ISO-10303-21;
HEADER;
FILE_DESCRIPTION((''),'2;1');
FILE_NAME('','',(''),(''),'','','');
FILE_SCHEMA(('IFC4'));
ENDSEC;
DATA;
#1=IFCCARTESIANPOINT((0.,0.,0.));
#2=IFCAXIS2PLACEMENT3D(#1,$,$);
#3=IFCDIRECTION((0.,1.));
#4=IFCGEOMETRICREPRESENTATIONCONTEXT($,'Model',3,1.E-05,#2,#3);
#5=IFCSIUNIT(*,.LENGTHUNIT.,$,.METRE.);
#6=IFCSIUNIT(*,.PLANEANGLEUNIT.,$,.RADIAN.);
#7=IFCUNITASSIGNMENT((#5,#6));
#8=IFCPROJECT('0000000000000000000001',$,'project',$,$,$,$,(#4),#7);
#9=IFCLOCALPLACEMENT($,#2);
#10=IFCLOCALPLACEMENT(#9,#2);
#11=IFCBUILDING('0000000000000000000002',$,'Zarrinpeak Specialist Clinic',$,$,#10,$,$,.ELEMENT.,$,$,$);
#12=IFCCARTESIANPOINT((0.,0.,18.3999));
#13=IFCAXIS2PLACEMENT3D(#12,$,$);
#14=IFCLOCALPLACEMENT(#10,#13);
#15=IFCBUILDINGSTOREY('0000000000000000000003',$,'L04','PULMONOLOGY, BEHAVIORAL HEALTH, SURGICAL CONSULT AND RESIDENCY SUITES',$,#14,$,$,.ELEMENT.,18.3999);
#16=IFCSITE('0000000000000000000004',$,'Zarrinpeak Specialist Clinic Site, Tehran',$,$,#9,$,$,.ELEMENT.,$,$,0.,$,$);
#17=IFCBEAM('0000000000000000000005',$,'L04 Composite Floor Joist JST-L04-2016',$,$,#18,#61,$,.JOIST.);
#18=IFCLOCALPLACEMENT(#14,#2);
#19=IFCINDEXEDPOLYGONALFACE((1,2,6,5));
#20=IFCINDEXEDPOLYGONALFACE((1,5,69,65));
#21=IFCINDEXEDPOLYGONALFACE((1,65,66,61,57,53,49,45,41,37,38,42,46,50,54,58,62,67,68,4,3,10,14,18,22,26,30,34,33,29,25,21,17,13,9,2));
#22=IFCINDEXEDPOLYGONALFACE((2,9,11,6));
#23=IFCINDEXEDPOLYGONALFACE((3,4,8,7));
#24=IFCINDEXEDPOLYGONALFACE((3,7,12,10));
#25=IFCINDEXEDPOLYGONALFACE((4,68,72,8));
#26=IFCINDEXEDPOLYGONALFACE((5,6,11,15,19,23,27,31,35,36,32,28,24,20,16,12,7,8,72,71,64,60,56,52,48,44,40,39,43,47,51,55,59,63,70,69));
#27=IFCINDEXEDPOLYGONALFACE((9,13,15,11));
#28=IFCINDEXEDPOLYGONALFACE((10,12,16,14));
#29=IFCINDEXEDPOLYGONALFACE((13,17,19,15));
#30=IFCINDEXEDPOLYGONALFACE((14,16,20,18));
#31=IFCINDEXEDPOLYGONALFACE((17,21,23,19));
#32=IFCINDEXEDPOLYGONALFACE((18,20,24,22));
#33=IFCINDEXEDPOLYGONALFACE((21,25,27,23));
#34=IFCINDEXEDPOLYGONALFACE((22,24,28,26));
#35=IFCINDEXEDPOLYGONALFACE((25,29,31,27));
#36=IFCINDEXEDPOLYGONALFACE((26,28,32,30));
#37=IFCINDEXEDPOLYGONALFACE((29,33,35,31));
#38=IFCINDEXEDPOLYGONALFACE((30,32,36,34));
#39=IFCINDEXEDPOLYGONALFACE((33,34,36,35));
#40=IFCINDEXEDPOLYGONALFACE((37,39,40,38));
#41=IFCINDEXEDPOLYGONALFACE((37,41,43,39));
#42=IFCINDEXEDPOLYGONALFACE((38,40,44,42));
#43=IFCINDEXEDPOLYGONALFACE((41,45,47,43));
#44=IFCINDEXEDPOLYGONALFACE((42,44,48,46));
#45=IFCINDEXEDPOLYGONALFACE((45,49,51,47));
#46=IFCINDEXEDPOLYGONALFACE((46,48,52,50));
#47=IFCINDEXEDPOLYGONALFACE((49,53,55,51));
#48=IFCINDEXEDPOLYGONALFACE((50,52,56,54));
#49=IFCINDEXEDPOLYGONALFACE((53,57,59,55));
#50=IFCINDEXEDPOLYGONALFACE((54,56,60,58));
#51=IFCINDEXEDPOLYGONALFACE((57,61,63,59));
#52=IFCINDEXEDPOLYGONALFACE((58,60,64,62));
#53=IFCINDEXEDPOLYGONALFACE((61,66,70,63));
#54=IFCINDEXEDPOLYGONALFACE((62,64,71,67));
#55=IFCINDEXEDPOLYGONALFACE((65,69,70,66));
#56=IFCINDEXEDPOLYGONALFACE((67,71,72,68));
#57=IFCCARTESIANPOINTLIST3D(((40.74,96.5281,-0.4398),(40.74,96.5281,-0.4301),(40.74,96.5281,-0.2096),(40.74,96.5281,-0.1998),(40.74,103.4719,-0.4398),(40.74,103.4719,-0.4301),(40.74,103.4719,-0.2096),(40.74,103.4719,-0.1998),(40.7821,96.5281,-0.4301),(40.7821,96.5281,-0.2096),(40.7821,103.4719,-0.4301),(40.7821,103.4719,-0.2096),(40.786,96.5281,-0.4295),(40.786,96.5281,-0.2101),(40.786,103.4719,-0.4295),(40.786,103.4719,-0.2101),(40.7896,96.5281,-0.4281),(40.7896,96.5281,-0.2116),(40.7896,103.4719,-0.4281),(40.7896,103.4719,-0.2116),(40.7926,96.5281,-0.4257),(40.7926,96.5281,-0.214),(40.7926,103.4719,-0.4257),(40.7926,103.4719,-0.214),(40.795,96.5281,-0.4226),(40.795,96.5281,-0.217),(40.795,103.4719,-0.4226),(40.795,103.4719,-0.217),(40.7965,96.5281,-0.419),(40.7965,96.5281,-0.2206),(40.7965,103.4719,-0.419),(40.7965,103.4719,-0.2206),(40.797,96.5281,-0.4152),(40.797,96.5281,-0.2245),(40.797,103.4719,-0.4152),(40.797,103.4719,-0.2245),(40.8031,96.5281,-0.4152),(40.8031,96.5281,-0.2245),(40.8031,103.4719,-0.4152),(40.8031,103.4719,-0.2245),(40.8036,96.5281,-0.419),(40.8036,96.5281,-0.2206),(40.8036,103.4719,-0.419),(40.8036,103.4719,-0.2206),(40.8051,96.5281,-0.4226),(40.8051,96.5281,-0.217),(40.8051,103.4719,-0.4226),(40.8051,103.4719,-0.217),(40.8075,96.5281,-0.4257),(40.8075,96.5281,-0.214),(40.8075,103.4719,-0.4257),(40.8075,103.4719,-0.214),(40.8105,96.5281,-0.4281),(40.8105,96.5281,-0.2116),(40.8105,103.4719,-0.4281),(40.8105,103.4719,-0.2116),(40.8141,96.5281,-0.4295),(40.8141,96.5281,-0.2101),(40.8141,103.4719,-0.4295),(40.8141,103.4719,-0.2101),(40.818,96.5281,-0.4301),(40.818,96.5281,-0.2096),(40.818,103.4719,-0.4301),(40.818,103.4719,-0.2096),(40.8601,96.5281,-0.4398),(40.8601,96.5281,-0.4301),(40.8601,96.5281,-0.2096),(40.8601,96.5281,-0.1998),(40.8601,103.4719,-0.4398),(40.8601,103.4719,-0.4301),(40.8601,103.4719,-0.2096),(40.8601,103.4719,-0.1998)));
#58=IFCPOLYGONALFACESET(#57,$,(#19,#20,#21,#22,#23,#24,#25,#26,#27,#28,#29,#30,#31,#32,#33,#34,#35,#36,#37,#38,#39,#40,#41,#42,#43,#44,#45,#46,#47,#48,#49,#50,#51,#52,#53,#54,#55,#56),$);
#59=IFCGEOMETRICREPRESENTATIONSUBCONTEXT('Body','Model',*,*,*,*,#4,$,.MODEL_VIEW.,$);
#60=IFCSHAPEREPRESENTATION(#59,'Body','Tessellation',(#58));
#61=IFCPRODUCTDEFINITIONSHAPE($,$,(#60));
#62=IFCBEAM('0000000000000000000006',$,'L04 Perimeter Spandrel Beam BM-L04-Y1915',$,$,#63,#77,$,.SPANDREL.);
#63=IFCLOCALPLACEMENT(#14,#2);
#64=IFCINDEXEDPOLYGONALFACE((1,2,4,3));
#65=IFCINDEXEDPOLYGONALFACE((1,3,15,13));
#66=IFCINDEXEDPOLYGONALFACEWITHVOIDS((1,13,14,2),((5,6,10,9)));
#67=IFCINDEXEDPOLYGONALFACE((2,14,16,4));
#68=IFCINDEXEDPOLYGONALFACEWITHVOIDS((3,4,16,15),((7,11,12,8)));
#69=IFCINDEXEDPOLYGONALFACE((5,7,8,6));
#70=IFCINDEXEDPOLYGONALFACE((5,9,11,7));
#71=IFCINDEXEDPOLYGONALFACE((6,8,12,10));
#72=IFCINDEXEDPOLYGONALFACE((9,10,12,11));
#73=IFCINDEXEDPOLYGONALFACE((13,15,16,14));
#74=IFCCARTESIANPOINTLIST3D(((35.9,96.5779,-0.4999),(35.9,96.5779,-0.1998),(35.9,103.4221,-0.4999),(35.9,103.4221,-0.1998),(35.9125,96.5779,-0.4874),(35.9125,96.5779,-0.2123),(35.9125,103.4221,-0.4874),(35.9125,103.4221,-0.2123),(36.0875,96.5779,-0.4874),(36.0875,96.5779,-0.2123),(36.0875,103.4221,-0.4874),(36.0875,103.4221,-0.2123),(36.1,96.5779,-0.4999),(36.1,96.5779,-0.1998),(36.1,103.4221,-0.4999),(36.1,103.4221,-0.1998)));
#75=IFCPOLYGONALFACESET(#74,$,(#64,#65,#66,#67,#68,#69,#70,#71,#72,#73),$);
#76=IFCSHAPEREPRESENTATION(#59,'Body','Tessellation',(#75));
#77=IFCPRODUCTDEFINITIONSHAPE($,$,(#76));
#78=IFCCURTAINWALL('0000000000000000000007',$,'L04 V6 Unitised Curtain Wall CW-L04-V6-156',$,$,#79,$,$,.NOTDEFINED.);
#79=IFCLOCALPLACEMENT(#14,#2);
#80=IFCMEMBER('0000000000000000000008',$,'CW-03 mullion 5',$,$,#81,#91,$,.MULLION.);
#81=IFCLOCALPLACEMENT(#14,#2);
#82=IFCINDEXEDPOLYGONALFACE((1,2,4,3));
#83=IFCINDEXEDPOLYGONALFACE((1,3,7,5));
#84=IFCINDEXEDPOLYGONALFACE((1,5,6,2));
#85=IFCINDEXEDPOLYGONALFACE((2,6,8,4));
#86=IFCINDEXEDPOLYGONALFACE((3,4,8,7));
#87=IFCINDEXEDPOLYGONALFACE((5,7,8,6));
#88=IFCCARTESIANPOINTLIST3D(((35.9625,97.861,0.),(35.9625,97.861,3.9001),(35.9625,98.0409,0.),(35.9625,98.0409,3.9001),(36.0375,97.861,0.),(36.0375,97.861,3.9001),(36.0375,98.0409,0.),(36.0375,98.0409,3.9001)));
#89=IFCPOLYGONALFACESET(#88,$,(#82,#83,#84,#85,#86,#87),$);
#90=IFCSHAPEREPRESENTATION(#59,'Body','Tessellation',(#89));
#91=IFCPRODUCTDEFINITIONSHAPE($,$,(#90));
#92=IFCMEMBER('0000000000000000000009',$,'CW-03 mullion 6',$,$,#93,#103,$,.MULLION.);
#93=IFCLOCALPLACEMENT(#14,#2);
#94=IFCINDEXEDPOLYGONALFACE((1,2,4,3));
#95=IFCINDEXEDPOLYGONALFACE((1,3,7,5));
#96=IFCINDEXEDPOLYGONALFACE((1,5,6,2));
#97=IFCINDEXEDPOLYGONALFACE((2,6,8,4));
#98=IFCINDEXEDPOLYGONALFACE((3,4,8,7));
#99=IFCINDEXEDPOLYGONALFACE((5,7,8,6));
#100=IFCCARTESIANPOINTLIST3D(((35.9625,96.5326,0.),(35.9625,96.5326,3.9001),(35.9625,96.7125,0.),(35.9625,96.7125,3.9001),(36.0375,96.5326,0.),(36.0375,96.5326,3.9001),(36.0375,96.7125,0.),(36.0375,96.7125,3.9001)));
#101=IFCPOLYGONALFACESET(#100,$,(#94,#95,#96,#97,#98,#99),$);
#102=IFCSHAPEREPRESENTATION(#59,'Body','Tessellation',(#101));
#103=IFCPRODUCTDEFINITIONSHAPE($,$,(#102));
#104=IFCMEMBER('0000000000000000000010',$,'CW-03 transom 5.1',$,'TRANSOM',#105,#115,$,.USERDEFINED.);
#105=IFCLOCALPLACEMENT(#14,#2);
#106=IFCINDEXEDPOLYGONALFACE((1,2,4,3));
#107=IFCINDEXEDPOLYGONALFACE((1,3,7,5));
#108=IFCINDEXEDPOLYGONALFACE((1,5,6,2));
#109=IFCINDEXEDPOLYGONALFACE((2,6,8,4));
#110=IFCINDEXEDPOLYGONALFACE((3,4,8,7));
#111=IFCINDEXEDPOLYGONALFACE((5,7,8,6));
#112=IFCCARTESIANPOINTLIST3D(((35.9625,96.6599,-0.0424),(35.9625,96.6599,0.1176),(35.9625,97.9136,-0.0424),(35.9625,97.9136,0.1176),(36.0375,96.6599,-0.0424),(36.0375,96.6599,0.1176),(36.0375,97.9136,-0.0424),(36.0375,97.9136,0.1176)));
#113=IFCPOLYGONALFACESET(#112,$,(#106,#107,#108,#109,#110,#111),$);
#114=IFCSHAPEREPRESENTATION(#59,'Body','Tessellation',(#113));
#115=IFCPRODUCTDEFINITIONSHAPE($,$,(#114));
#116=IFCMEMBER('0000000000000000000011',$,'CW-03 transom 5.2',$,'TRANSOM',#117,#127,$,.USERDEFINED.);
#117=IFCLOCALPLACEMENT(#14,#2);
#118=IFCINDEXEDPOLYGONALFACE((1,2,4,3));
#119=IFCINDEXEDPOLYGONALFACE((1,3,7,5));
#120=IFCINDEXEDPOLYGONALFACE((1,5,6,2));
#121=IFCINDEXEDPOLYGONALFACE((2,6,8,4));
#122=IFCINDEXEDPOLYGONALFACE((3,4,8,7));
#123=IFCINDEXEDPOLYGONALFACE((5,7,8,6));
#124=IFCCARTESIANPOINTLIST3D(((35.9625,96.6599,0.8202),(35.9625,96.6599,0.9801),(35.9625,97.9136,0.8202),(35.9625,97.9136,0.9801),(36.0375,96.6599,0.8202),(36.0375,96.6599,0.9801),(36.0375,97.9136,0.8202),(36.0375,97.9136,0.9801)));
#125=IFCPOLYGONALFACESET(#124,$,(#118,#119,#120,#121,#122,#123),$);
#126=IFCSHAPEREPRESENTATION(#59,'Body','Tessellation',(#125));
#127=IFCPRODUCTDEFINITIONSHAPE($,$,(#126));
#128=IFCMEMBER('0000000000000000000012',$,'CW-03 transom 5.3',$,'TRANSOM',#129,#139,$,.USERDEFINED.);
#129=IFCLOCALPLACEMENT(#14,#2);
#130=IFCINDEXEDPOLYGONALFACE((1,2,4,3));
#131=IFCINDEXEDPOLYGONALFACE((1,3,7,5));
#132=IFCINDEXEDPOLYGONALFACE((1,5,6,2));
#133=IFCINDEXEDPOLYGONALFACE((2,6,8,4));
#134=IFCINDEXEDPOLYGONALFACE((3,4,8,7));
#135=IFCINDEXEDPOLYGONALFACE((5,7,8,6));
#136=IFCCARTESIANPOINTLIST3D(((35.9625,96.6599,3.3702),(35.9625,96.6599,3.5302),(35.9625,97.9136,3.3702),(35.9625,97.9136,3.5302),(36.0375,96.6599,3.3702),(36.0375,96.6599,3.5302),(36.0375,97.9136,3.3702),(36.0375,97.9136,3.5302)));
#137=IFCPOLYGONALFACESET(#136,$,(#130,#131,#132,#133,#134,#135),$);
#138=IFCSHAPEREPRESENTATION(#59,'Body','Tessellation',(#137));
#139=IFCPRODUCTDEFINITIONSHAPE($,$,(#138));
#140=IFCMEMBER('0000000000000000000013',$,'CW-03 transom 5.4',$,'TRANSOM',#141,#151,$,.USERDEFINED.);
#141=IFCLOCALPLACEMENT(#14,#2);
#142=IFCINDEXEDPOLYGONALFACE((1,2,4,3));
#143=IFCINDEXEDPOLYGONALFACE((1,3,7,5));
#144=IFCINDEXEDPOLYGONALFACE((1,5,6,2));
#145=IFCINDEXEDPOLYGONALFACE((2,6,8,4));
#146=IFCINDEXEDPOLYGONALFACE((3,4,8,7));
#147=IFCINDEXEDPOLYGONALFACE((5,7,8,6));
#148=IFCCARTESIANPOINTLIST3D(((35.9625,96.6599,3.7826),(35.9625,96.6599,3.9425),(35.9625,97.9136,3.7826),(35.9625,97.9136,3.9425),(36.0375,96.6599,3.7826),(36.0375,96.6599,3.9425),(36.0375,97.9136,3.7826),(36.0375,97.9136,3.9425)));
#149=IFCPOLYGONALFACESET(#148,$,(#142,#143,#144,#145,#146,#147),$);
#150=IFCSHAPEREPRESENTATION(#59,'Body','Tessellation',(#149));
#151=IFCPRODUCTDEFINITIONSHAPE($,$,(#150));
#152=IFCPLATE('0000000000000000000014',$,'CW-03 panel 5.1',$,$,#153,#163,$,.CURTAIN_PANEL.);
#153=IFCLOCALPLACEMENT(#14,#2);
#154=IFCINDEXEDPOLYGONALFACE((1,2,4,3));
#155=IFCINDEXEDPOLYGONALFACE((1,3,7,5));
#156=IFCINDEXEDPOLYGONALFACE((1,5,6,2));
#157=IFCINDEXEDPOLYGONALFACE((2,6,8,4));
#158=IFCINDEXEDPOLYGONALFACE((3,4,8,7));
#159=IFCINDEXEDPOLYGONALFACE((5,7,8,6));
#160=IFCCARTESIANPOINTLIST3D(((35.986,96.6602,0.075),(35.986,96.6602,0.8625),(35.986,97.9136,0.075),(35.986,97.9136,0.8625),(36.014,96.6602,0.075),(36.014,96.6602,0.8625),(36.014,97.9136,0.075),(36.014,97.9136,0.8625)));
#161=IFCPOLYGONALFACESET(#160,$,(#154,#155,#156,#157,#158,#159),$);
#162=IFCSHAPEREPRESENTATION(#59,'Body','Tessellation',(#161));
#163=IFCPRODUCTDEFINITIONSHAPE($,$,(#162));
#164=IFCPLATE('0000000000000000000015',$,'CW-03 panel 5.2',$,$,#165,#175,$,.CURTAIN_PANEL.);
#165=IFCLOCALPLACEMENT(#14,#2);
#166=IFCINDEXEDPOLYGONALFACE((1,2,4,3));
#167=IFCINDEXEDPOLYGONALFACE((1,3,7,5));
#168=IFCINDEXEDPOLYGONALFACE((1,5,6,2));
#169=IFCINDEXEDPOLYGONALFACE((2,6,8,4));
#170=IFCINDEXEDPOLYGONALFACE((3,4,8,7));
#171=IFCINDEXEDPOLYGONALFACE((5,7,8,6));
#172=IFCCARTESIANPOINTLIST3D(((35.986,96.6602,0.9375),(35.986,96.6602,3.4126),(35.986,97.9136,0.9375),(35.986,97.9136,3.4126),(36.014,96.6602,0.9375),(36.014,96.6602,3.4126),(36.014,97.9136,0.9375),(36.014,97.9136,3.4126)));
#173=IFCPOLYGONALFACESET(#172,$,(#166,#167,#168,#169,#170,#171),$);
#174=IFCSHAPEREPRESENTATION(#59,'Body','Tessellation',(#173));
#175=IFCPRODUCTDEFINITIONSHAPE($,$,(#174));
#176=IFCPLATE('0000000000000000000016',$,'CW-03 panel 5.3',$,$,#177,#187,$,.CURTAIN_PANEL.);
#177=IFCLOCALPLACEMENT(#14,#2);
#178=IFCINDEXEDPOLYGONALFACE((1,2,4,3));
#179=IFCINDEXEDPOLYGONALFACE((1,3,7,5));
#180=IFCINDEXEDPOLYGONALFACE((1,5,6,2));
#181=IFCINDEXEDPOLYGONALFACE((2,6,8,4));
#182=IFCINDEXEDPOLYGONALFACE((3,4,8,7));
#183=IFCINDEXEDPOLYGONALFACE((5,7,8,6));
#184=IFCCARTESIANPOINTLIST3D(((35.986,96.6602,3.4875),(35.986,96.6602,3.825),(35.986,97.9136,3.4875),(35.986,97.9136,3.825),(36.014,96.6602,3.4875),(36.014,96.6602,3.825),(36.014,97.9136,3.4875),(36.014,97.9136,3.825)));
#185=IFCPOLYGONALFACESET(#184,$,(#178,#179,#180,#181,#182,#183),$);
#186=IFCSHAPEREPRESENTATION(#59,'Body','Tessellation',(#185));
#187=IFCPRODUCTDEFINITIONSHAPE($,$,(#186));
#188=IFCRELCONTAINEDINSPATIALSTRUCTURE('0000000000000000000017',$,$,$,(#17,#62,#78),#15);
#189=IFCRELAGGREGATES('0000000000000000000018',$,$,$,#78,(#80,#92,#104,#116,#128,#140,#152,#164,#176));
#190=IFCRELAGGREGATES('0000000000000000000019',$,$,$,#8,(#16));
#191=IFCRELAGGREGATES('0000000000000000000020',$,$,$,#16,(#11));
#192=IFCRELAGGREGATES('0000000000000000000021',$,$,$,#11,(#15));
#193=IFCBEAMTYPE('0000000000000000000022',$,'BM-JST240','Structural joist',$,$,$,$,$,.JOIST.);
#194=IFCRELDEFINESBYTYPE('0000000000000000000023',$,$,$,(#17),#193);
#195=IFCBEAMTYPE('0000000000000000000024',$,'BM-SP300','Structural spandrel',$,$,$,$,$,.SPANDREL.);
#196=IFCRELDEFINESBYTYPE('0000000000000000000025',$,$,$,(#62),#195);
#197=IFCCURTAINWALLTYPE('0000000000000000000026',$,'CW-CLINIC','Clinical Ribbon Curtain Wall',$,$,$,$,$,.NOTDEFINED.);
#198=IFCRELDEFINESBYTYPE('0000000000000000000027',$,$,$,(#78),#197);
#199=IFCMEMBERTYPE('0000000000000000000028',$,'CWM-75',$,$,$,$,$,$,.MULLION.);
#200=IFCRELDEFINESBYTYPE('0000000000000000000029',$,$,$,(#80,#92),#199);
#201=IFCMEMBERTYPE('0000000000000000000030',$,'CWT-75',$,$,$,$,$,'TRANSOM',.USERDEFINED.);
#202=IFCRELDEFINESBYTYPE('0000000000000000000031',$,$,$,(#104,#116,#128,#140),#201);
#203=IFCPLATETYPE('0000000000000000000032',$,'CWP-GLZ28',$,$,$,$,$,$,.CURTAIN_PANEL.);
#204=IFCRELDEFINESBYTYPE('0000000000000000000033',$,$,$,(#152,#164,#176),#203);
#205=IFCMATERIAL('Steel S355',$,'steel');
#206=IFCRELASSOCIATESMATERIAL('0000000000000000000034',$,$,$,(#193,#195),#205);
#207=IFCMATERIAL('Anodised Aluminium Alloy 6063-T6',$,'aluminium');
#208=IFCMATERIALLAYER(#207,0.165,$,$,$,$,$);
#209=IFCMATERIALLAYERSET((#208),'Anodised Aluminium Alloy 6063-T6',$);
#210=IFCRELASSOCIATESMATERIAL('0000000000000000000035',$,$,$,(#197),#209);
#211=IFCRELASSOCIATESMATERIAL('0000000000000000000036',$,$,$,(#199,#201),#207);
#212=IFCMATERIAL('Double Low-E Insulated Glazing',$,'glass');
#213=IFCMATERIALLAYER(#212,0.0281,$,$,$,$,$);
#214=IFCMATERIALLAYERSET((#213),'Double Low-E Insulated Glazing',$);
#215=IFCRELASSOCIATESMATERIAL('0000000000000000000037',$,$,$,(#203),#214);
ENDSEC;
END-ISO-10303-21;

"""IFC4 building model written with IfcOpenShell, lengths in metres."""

from ifc_helpers import new_model, si_unit, direction, frame, origin, origin_2d, place, context, subcontext, project, spatial, rectangle, hollow_rectangle, i_section, extrude, material, layer, layer_set, material_profile, profile_set, type_object, element, aggregate, save


model = new_model("IFC4")

# Units and contexts
model_context = context("Model", 3, precision=1e-05, world=origin(), true_north=direction((0.0, 1.0)))
body_context = subcontext(model_context, "Body", "Model", "MODEL_VIEW")
ifc_project = project(units=[si_unit("LENGTHUNIT", "METRE"), si_unit("PLANEANGLEUNIT", "RADIAN")], contexts=[model_context])

# Site, building, storey
site_placement = place(None, origin())
site = spatial("IfcSite", under=ifc_project, at=site_placement, Name="Zarrinpeak Specialist Clinic Site, Tehran", CompositionType="ELEMENT", RefElevation=0.0)
building_placement = place(site_placement, origin())
building = spatial("IfcBuilding", under=site, at=building_placement, Name="Zarrinpeak Specialist Clinic", CompositionType="ELEMENT")
storey_placement = place(building_placement, frame((0.0, 0.0, 18.3999)))
storey = spatial("IfcBuildingStorey", under=building, at=storey_placement, Name="L04", Description="PULMONOLOGY, BEHAVIORAL HEALTH, SURGICAL CONSULT AND RESIDENCY SUITES", CompositionType="ELEMENT", Elevation=18.3999)

# Shared definitions
ifc_material_1 = material(Name="Steel S355", Category="steel")

# Beams
ifc_material_profile_1 = material_profile(ifc_material_1, i_section(OverallWidth=0.1201, OverallDepth=0.24, WebThickness=0.0061, FlangeThickness=0.0098, FilletRadius=0.0149, at=origin_2d()), Name="IPE 240")
ifc_profile_set_1 = profile_set([ifc_material_profile_1], Name="Steel S355")
beam_type_1 = type_object("IfcBeamType", Name="BM-JST240", Description="Structural joist", PredefinedType="JOIST", material=ifc_profile_set_1)
for number, where, z_axis, x_axis, name in (
    (1, (40.8, 96.5281, -0.3198), (0.0, 1.0, 0.0), (-1.0, 0.0, 0.0), "L04 Composite Floor Joist JST-L04-2016"),
):
    element("IfcBeam", number, at=place(storey_placement, frame(where, z_axis=z_axis, x_axis=x_axis)), inside=storey, type_object=beam_type_1, Name=name, PredefinedType="JOIST", context=body_context, shape_type="SweptSolid", body=[
        extrude(i_section(OverallWidth=0.1201, OverallDepth=0.24, WebThickness=0.0061, FlangeThickness=0.0098, FilletRadius=0.0149, at=origin_2d()), origin(), (0.0, 0.0, 1.0), 6.9438),
    ])
ifc_material_profile_2 = material_profile(ifc_material_1, hollow_rectangle(XDim=0.2, YDim=0.3, WallThickness=0.0125, at=origin_2d()), Name="RHS 300x200x12.5")
ifc_profile_set_2 = profile_set([ifc_material_profile_2], Name="Steel S355")
beam_type_2 = type_object("IfcBeamType", Name="BM-SP300", Description="Structural spandrel", PredefinedType="SPANDREL", material=ifc_profile_set_2)
beam_1_placement = place(storey_placement, frame((36.0, 96.5779, -0.3499), z_axis=(0.0, 1.0, 0.0), x_axis=(-1.0, 0.0, 0.0)))
element("IfcBeam", 2, at=beam_1_placement, inside=storey, type_object=beam_type_2, Name="L04 Perimeter Spandrel Beam BM-L04-Y1915", PredefinedType="SPANDREL", context=body_context, shape_type="SweptSolid", body=[
    extrude(hollow_rectangle(XDim=0.2, YDim=0.3, WallThickness=0.0125, at=origin_2d()), origin(), (0.0, 0.0, 1.0), 6.8442),
])

# Curtain wall, members, plates
ifc_material_2 = material(Name="Anodised Aluminium Alloy 6063-T6", Category="aluminium")
ifc_layer_1 = layer(ifc_material_2, 0.165)
ifc_layer_set_1 = layer_set([ifc_layer_1], Name="Anodised Aluminium Alloy 6063-T6")
curtain_wall_type = type_object("IfcCurtainWallType", Name="CW-CLINIC", Description="Clinical Ribbon Curtain Wall", PredefinedType="NOTDEFINED", material=ifc_layer_set_1)
curtain_wall_placement = place(storey_placement, origin())
curtain_wall = element("IfcCurtainWall", 3, at=curtain_wall_placement, inside=storey, type_object=curtain_wall_type, Name="L04 V6 Unitised Curtain Wall CW-L04-V6-156", PredefinedType="NOTDEFINED")
ifc_material_profile_3 = material_profile(ifc_material_2, rectangle(XDim=0.075, YDim=0.1799, at=origin_2d()), Name="ALU 75x180")
ifc_profile_set_3 = profile_set([ifc_material_profile_3], Name="Anodised Aluminium Alloy 6063-T6")
member_type_1 = type_object("IfcMemberType", Name="CWM-75", PredefinedType="MULLION", material=ifc_profile_set_3)
member_1_placement = place(storey_placement, frame((36.0, 97.9509, 0.0), z_axis=(0.0, 0.0, 1.0), x_axis=(1.0, 0.0, 0.0)))
member_1 = element("IfcMember", 4, at=member_1_placement, type_object=member_type_1, Name="CW-03 mullion 5", PredefinedType="MULLION", context=body_context, shape_type="SweptSolid", body=[
    extrude(rectangle(XDim=0.075, YDim=0.1799, at=origin_2d()), origin(), (0.0, 0.0, 1.0), 3.9001),
])
member_2_placement = place(storey_placement, frame((36.0, 96.6226, 0.0), z_axis=(0.0, 0.0, 1.0), x_axis=(1.0, 0.0, 0.0)))
member_2 = element("IfcMember", 5, at=member_2_placement, type_object=member_type_1, Name="CW-03 mullion 6", PredefinedType="MULLION", context=body_context, shape_type="SweptSolid", body=[
    extrude(rectangle(XDim=0.075, YDim=0.1799, at=origin_2d()), origin(), (0.0, 0.0, 1.0), 3.9001),
])
ifc_material_profile_4 = material_profile(ifc_material_2, rectangle(XDim=0.075, YDim=0.1599, at=origin_2d()), Name="ALU 75x160")
ifc_profile_set_4 = profile_set([ifc_material_profile_4], Name="Anodised Aluminium Alloy 6063-T6")
member_type_2 = type_object("IfcMemberType", Name="CWT-75", ElementType="TRANSOM", PredefinedType="USERDEFINED", material=ifc_profile_set_4)
member_3_placement = place(storey_placement, frame((36.0, 97.9136, 0.0376), z_axis=(0.0, -1.0, 0.0), x_axis=(1.0, 0.0, 0.0)))
member_3 = element("IfcMember", 6, at=member_3_placement, type_object=member_type_2, Name="CW-03 transom 5.1", ObjectType="TRANSOM", PredefinedType="USERDEFINED", context=body_context, shape_type="SweptSolid", body=[
    extrude(rectangle(XDim=0.075, YDim=0.1599, at=origin_2d()), origin(), (0.0, 0.0, 1.0), 1.2537),
])
member_4_placement = place(storey_placement, frame((36.0, 97.9136, 0.9001), z_axis=(0.0, -1.0, 0.0), x_axis=(1.0, 0.0, 0.0)))
member_4 = element("IfcMember", 7, at=member_4_placement, type_object=member_type_2, Name="CW-03 transom 5.2", ObjectType="TRANSOM", PredefinedType="USERDEFINED", context=body_context, shape_type="SweptSolid", body=[
    extrude(rectangle(XDim=0.075, YDim=0.1599, at=origin_2d()), origin(), (0.0, 0.0, 1.0), 1.2537),
])
member_5_placement = place(storey_placement, frame((36.0, 97.9136, 3.4502), z_axis=(0.0, -1.0, 0.0), x_axis=(1.0, 0.0, 0.0)))
member_5 = element("IfcMember", 8, at=member_5_placement, type_object=member_type_2, Name="CW-03 transom 5.3", ObjectType="TRANSOM", PredefinedType="USERDEFINED", context=body_context, shape_type="SweptSolid", body=[
    extrude(rectangle(XDim=0.075, YDim=0.1599, at=origin_2d()), origin(), (0.0, 0.0, 1.0), 1.2537),
])
member_6_placement = place(storey_placement, frame((36.0, 97.9136, 3.8625), z_axis=(0.0, -1.0, 0.0), x_axis=(1.0, 0.0, 0.0)))
member_6 = element("IfcMember", 9, at=member_6_placement, type_object=member_type_2, Name="CW-03 transom 5.4", ObjectType="TRANSOM", PredefinedType="USERDEFINED", context=body_context, shape_type="SweptSolid", body=[
    extrude(rectangle(XDim=0.075, YDim=0.1599, at=origin_2d()), origin(), (0.0, 0.0, 1.0), 1.2537),
])
ifc_material_3 = material(Name="Double Low-E Insulated Glazing", Category="glass")
ifc_layer_2 = layer(ifc_material_3, 0.0281)
ifc_layer_set_2 = layer_set([ifc_layer_2], Name="Double Low-E Insulated Glazing")
plate_type = type_object("IfcPlateType", Name="CWP-GLZ28", PredefinedType="CURTAIN_PANEL", material=ifc_layer_set_2)
plate_1_placement = place(storey_placement, frame((36.0, 97.2869, 0.075), z_axis=(0.0, 0.0, 1.0), x_axis=(0.0, -1.0, 0.0)))
plate_1 = element("IfcPlate", 10, at=plate_1_placement, type_object=plate_type, Name="CW-03 panel 5.1", PredefinedType="CURTAIN_PANEL", context=body_context, shape_type="SweptSolid", body=[
    extrude(rectangle(XDim=1.2534, YDim=0.0281, at=origin_2d()), origin(), (0.0, 0.0, 1.0), 0.7876),
])
plate_2_placement = place(storey_placement, frame((36.0, 97.2869, 0.9375), z_axis=(0.0, 0.0, 1.0), x_axis=(0.0, -1.0, 0.0)))
plate_2 = element("IfcPlate", 11, at=plate_2_placement, type_object=plate_type, Name="CW-03 panel 5.2", PredefinedType="CURTAIN_PANEL", context=body_context, shape_type="SweptSolid", body=[
    extrude(rectangle(XDim=1.2534, YDim=0.0281, at=origin_2d()), origin(), (0.0, 0.0, 1.0), 2.4751),
])
plate_3_placement = place(storey_placement, frame((36.0, 97.2869, 3.4875), z_axis=(0.0, 0.0, 1.0), x_axis=(0.0, -1.0, 0.0)))
plate_3 = element("IfcPlate", 12, at=plate_3_placement, type_object=plate_type, Name="CW-03 panel 5.3", PredefinedType="CURTAIN_PANEL", context=body_context, shape_type="SweptSolid", body=[
    extrude(rectangle(XDim=1.2534, YDim=0.0281, at=origin_2d()), origin(), (0.0, 0.0, 1.0), 0.3374),
])
aggregate(curtain_wall, [member_1, member_2, member_3, member_4, member_5, member_6, plate_1, plate_2, plate_3])

save(model, "model.ifc")
